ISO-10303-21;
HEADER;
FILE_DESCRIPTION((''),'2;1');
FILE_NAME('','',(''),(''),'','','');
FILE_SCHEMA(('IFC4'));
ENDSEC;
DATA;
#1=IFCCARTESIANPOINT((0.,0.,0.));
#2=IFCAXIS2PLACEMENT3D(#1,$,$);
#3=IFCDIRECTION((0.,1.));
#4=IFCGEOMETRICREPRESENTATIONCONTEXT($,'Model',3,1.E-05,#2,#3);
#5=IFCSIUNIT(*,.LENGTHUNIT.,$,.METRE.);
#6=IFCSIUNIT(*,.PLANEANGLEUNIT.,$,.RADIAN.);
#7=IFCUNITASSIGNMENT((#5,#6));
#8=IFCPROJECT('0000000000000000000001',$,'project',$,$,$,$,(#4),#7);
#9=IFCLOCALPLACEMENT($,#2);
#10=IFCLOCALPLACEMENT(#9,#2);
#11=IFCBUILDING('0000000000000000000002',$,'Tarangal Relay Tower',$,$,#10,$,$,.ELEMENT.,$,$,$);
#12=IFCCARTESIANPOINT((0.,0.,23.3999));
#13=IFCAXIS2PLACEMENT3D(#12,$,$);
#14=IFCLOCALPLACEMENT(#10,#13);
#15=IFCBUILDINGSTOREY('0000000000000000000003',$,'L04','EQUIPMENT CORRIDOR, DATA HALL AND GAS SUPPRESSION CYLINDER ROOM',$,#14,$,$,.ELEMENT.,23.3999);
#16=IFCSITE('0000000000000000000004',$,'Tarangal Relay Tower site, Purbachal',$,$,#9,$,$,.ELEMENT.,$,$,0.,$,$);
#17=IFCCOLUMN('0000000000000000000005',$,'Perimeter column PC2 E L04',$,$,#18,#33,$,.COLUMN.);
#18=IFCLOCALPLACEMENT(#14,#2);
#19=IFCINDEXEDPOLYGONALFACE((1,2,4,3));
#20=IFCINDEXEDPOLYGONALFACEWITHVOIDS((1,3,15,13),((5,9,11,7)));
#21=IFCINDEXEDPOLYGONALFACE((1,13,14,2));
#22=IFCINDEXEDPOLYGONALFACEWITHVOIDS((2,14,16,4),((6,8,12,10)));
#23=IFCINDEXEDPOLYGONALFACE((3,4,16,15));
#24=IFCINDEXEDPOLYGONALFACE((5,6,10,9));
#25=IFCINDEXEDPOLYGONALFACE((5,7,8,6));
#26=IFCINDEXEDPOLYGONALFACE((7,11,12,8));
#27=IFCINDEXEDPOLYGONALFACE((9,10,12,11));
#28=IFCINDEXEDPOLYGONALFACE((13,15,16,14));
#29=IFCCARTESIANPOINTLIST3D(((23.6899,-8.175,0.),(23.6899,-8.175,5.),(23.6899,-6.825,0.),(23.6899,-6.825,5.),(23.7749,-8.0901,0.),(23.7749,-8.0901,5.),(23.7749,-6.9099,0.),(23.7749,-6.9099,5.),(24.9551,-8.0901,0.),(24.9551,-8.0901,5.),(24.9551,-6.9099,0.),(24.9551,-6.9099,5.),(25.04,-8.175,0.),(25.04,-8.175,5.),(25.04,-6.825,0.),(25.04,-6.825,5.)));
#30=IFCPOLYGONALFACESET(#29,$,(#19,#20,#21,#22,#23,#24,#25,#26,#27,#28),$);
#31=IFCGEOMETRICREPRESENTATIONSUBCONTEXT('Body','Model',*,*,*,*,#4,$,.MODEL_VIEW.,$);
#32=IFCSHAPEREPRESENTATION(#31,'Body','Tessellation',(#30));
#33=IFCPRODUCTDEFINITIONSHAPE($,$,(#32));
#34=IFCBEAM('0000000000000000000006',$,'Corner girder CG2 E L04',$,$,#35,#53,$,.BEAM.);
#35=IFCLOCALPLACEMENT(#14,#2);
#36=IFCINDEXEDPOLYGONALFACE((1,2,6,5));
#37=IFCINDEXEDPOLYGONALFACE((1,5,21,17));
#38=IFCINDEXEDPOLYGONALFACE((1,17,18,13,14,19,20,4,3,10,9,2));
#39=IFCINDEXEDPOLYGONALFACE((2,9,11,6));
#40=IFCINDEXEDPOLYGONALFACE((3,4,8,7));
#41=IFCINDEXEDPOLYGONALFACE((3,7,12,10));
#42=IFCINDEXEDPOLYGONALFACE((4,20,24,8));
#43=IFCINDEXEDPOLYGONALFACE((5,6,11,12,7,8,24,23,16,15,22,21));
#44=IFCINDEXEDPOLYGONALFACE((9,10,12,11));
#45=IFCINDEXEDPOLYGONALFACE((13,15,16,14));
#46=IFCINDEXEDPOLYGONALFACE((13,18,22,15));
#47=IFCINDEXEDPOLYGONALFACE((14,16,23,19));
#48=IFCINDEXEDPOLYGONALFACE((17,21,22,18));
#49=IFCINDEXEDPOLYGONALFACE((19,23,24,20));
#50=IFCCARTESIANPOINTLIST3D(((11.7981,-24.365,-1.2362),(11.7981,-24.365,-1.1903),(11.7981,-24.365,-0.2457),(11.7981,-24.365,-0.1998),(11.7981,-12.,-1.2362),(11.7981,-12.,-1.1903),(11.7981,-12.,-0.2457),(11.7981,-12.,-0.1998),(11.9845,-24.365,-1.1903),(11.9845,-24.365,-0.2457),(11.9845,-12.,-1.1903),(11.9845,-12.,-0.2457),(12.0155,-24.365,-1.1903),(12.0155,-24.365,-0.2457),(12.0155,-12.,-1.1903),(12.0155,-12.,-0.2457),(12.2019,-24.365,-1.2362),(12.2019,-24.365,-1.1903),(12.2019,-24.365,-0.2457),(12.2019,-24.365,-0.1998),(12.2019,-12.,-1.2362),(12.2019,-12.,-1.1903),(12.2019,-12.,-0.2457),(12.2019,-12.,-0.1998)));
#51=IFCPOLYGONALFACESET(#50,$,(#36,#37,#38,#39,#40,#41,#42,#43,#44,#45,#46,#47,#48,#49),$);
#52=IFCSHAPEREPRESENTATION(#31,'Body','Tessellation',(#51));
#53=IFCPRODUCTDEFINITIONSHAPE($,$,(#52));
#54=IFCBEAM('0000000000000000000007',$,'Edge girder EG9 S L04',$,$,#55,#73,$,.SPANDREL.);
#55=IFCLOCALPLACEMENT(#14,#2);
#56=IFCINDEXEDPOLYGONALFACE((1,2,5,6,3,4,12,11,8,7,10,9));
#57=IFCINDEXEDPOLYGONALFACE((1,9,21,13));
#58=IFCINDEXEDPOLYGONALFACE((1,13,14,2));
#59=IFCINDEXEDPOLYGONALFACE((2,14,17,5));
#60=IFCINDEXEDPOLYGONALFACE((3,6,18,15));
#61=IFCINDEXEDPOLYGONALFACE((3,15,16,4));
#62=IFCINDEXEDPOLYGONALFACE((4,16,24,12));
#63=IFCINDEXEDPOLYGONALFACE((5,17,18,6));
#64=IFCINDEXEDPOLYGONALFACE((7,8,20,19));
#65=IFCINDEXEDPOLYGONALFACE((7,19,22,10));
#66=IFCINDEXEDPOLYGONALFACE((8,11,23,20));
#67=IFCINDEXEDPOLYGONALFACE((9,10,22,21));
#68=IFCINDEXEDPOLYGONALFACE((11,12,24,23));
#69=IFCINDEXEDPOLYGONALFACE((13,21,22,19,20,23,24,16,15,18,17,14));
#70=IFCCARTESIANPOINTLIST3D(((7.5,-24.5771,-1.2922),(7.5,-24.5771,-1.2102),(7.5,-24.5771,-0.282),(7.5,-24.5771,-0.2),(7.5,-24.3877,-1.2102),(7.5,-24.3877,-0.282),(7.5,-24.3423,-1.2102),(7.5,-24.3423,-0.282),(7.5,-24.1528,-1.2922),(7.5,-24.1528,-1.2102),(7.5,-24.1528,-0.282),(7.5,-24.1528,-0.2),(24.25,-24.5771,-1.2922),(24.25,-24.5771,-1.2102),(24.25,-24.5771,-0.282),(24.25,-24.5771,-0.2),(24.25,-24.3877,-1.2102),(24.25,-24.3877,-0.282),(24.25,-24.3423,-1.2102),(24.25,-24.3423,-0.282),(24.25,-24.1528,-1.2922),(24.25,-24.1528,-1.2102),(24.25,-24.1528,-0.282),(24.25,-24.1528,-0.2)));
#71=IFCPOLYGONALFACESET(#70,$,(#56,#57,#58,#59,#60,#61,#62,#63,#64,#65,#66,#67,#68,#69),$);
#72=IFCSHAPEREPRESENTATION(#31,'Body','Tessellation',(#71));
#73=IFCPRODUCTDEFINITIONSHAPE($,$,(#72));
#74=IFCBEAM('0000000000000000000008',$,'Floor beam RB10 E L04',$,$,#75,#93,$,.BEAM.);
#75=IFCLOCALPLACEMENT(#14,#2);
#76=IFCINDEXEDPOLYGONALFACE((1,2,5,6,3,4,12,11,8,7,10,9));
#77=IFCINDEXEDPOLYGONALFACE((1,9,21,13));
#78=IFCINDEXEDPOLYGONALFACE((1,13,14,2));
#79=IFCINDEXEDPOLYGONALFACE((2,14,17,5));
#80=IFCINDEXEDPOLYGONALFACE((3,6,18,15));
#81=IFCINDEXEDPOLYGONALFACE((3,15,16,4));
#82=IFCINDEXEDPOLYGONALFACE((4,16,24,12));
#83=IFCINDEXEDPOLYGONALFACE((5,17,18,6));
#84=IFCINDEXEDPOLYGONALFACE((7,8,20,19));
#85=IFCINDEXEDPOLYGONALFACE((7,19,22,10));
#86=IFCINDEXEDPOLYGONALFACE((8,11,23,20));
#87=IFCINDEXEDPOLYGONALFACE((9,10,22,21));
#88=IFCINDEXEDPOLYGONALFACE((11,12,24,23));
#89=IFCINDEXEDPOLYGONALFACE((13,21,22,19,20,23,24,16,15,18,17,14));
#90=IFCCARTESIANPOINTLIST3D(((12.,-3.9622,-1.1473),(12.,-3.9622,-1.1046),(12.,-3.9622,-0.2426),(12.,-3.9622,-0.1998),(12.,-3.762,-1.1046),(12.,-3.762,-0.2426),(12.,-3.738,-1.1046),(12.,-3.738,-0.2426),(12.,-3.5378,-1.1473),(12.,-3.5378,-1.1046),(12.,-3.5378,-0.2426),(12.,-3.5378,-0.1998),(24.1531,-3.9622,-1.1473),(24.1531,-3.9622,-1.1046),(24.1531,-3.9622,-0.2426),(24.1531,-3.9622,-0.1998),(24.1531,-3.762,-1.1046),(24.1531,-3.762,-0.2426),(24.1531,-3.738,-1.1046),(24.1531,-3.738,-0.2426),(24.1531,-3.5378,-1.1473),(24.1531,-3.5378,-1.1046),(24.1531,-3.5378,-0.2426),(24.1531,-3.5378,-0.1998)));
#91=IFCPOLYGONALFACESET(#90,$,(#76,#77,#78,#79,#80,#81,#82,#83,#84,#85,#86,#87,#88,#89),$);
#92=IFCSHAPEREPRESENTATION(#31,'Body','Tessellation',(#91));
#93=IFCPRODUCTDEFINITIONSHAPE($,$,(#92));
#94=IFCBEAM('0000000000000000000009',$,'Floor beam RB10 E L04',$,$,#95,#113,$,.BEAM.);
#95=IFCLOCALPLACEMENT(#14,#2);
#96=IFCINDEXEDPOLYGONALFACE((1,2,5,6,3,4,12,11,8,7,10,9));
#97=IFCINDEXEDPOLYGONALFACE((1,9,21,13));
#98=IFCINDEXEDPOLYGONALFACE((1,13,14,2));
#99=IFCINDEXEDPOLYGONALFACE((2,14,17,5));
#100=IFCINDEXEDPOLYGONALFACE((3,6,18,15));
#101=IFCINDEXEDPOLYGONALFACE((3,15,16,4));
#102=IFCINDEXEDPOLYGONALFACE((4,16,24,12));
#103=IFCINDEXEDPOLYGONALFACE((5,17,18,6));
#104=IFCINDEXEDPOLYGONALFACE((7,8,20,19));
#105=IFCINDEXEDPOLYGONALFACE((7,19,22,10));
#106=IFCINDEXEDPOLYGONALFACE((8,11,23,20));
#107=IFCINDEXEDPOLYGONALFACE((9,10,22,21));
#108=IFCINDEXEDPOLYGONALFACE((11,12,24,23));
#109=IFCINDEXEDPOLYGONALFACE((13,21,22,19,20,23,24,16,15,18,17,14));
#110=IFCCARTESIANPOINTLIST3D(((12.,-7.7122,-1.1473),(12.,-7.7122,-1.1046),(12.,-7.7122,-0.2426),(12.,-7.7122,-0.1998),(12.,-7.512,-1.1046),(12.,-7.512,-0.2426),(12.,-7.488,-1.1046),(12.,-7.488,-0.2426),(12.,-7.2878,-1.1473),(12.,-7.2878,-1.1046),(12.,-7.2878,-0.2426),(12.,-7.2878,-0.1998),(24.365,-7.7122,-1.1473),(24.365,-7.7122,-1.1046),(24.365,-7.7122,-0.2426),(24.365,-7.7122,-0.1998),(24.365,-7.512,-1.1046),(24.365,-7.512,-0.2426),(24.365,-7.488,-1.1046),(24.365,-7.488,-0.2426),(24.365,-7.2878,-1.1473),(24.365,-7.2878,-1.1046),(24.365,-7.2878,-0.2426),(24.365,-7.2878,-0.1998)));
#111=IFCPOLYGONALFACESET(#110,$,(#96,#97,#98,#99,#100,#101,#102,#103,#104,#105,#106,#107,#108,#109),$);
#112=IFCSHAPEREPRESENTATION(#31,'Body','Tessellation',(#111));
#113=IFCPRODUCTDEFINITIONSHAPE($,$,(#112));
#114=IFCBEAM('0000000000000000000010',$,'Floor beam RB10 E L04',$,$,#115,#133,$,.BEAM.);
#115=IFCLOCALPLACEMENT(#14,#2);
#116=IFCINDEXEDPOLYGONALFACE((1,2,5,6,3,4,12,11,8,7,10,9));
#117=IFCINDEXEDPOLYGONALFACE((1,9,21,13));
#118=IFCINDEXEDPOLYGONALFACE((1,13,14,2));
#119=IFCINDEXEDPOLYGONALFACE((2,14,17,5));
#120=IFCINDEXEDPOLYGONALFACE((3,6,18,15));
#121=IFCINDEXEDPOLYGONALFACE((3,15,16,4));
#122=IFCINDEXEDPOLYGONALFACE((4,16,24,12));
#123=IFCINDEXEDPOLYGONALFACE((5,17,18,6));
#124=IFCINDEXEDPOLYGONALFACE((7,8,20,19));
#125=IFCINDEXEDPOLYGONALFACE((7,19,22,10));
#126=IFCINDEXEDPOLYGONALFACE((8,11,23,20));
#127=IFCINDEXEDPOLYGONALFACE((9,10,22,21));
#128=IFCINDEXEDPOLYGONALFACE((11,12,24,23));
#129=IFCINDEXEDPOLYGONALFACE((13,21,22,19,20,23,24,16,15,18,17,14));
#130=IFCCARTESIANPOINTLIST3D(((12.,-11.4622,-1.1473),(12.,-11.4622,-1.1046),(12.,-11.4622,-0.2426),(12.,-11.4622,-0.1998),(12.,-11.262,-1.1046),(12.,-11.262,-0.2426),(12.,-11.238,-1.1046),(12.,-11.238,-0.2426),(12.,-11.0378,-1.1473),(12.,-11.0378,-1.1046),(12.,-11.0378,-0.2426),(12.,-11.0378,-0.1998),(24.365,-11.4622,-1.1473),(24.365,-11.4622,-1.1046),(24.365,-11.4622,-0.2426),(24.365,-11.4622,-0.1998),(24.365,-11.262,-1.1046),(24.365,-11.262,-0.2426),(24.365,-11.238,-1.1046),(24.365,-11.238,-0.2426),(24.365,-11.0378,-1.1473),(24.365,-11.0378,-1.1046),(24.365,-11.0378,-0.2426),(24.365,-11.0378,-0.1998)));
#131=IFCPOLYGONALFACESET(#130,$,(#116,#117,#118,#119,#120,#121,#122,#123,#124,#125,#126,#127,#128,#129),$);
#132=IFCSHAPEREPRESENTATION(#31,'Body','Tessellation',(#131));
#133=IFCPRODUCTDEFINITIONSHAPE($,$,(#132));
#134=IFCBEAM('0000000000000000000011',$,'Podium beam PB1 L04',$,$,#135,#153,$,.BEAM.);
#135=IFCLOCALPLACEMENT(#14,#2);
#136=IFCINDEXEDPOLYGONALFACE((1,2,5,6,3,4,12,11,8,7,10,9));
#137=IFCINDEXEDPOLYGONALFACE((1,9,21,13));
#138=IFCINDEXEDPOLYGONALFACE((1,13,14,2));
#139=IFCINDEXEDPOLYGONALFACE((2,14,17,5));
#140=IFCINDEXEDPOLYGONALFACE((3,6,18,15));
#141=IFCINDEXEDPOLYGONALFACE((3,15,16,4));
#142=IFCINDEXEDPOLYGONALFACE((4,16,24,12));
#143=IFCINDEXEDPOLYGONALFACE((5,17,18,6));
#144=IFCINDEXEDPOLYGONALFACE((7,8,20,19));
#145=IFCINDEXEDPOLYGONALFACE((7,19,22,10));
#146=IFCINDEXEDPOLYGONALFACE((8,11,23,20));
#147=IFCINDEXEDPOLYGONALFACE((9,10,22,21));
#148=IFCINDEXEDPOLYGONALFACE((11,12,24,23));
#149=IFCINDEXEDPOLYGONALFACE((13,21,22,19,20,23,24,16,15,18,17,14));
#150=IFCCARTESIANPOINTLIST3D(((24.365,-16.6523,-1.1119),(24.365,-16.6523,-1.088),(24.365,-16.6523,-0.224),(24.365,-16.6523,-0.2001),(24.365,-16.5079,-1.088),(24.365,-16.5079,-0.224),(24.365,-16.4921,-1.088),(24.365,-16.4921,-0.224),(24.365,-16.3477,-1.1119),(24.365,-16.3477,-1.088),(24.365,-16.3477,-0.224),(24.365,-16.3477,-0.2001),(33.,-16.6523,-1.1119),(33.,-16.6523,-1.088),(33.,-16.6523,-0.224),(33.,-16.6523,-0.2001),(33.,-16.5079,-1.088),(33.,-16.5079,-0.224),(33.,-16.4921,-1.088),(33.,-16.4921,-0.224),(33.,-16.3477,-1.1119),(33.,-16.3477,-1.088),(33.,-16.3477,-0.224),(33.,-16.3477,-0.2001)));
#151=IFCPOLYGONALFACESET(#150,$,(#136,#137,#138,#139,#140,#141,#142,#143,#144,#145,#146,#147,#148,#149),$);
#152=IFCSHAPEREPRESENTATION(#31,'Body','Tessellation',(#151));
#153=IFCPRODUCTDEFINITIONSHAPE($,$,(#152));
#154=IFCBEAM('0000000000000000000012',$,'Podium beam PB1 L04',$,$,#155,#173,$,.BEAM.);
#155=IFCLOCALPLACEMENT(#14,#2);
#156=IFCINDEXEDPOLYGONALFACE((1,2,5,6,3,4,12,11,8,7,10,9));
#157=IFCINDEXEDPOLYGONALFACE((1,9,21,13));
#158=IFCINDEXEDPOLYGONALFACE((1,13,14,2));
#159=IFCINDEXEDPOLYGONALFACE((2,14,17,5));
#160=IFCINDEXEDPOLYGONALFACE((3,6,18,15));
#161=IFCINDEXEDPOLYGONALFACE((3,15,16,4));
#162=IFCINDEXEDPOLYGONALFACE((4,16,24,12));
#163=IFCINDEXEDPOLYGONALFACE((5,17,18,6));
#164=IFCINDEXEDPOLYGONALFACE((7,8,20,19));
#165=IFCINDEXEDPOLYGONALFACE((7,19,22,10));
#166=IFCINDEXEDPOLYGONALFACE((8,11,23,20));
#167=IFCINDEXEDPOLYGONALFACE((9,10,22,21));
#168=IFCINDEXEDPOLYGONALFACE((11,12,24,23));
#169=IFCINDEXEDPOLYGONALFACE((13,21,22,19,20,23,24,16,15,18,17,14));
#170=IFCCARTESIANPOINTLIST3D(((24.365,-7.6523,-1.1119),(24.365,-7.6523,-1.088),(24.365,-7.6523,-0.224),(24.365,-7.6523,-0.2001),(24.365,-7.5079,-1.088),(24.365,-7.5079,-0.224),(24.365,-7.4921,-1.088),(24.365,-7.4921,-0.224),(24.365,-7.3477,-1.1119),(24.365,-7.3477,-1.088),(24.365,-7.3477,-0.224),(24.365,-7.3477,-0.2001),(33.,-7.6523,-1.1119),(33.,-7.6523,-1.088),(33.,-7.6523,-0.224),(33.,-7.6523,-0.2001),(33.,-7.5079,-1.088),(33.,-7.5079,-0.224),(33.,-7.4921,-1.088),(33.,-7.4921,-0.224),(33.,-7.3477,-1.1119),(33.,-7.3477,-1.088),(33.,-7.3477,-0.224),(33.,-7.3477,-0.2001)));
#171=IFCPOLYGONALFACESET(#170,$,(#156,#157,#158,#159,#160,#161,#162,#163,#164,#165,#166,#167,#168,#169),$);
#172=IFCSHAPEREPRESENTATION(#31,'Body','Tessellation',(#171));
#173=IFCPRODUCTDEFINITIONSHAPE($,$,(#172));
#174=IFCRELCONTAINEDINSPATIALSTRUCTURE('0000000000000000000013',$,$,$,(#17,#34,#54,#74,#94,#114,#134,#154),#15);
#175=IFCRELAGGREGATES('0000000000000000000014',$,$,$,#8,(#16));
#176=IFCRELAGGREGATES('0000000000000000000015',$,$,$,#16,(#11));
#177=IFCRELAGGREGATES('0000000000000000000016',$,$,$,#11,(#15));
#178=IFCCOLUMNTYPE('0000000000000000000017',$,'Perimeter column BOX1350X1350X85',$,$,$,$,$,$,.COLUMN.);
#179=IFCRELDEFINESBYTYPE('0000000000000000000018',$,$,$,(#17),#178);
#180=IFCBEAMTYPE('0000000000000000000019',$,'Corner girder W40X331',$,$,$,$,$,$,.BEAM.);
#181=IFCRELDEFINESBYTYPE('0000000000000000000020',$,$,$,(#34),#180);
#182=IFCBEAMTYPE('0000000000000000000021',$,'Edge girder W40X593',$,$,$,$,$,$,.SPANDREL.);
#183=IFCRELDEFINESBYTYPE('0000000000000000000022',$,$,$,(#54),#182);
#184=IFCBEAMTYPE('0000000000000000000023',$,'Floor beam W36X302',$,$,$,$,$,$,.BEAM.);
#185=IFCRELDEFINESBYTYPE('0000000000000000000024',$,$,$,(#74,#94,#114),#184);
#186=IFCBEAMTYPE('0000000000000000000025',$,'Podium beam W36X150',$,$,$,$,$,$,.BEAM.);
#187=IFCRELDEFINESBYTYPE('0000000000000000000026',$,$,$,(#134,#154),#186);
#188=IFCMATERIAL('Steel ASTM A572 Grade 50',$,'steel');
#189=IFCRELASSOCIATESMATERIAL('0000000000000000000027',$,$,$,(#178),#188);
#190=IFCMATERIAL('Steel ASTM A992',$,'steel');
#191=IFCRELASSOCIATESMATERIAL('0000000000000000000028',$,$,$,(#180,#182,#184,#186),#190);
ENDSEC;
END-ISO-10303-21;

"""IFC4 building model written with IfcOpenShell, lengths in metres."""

from ifc_helpers import new_model, si_unit, direction, frame, origin, origin_2d, place, context, subcontext, project, spatial, hollow_rectangle, i_section, extrude, material, material_profile, profile_set, type_object, element, save


model = new_model("IFC4")

# Units and contexts
model_context = context("Model", 3, precision=1e-05, world=origin(), true_north=direction((0.0, 1.0)))
body_context = subcontext(model_context, "Body", "Model", "MODEL_VIEW")
ifc_project = project(units=[si_unit("LENGTHUNIT", "METRE"), si_unit("PLANEANGLEUNIT", "RADIAN")], contexts=[model_context])

# Site, building, storey
site_placement = place(None, origin())
site = spatial("IfcSite", under=ifc_project, at=site_placement, Name="Tarangal Relay Tower site, Purbachal", CompositionType="ELEMENT", RefElevation=0.0)
building_placement = place(site_placement, origin())
building = spatial("IfcBuilding", under=site, at=building_placement, Name="Tarangal Relay Tower", CompositionType="ELEMENT")
storey_placement = place(building_placement, frame((0.0, 0.0, 23.3999)))
storey = spatial("IfcBuildingStorey", under=building, at=storey_placement, Name="L04", Description="EQUIPMENT CORRIDOR, DATA HALL AND GAS SUPPRESSION CYLINDER ROOM", CompositionType="ELEMENT", Elevation=23.3999)

# Column
ifc_material_1 = material(Name="Steel ASTM A572 Grade 50", Category="steel")
ifc_material_profile_1 = material_profile(ifc_material_1, hollow_rectangle(XDim=1.3501, YDim=1.3501, WallThickness=0.085, at=origin_2d()), Name="BOX1350X1350X85")
ifc_profile_set_1 = profile_set([ifc_material_profile_1], Name="Steel ASTM A572 Grade 50")
column_type = type_object("IfcColumnType", Name="Perimeter column BOX1350X1350X85", PredefinedType="COLUMN", material=ifc_profile_set_1)
column_placement = place(storey_placement, frame((24.365, -7.5, 0.0), z_axis=(0.0, 0.0, 1.0), x_axis=(1.0, 0.0, 0.0)))
element("IfcColumn", 1, at=column_placement, inside=storey, type_object=column_type, Name="Perimeter column PC2 E L04", PredefinedType="COLUMN", context=body_context, shape_type="SweptSolid", body=[
    extrude(hollow_rectangle(XDim=1.3501, YDim=1.3501, WallThickness=0.085, at=origin_2d()), origin(), (0.0, 0.0, 1.0), 5.0),
])

# Beams
ifc_material_2 = material(Name="Steel ASTM A992", Category="steel")
ifc_material_profile_2 = material_profile(ifc_material_2, i_section(OverallWidth=0.4038, OverallDepth=1.0364, WebThickness=0.031, FlangeThickness=0.0459, at=origin_2d()), Name="W40X331")
ifc_profile_set_2 = profile_set([ifc_material_profile_2], Name="Steel ASTM A992")
beam_type_1 = type_object("IfcBeamType", Name="Corner girder W40X331", PredefinedType="BEAM", material=ifc_profile_set_2)
beam_1_placement = place(storey_placement, frame((12.0, -12.0, -0.718), z_axis=(0.0, -1.0, 0.0), x_axis=(1.0, 0.0, 0.0)))
element("IfcBeam", 2, at=beam_1_placement, inside=storey, type_object=beam_type_1, Name="Corner girder CG2 E L04", PredefinedType="BEAM", context=body_context, shape_type="SweptSolid", body=[
    extrude(i_section(OverallWidth=0.4038, OverallDepth=1.0364, WebThickness=0.031, FlangeThickness=0.0459, at=origin_2d()), origin(), (0.0, 0.0, 1.0), 12.365),
])
ifc_material_profile_3 = material_profile(ifc_material_2, i_section(OverallWidth=0.4243, OverallDepth=1.0923, WebThickness=0.0454, FlangeThickness=0.082, at=origin_2d()), Name="W40X593")
ifc_profile_set_3 = profile_set([ifc_material_profile_3], Name="Steel ASTM A992")
beam_type_2 = type_object("IfcBeamType", Name="Edge girder W40X593", PredefinedType="SPANDREL", material=ifc_profile_set_3)
beam_2_placement = place(storey_placement, frame((24.25, -24.365, -0.7461), z_axis=(-1.0, 0.0, 0.0), x_axis=(0.0, -1.0, 0.0)))
element("IfcBeam", 3, at=beam_2_placement, inside=storey, type_object=beam_type_2, Name="Edge girder EG9 S L04", PredefinedType="SPANDREL", context=body_context, shape_type="SweptSolid", body=[
    extrude(i_section(OverallWidth=0.4243, OverallDepth=1.0923, WebThickness=0.0454, FlangeThickness=0.082, at=origin_2d()), origin(), (0.0, 0.0, 1.0), 16.75),
])
ifc_material_profile_4 = material_profile(ifc_material_2, i_section(OverallWidth=0.4243, OverallDepth=0.9475, WebThickness=0.0239, FlangeThickness=0.0427, at=origin_2d()), Name="W36X302")
ifc_profile_set_4 = profile_set([ifc_material_profile_4], Name="Steel ASTM A992")
beam_type_3 = type_object("IfcBeamType", Name="Floor beam W36X302", PredefinedType="BEAM", material=ifc_profile_set_4)
beam_3_placement = place(storey_placement, frame((12.0, -3.75, -0.6736), z_axis=(1.0, 0.0, 0.0), x_axis=(0.0, 1.0, 0.0)))
element("IfcBeam", 4, at=beam_3_placement, inside=storey, type_object=beam_type_3, Name="Floor beam RB10 E L04", PredefinedType="BEAM", context=body_context, shape_type="SweptSolid", body=[
    extrude(i_section(OverallWidth=0.4243, OverallDepth=0.9475, WebThickness=0.0239, FlangeThickness=0.0427, at=origin_2d()), origin(), (0.0, 0.0, 1.0), 12.1531),
])
for number, where, z_axis, x_axis, name in (
    (5, (12.0, -7.5, -0.6736), (1.0, 0.0, 0.0), (0.0, 1.0, 0.0), "Floor beam RB10 E L04"),
    (6, (12.0, -11.25, -0.6736), (1.0, 0.0, 0.0), (0.0, 1.0, 0.0), "Floor beam RB10 E L04"),
):
    element("IfcBeam", number, at=place(storey_placement, frame(where, z_axis=z_axis, x_axis=x_axis)), inside=storey, type_object=beam_type_3, Name=name, PredefinedType="BEAM", context=body_context, shape_type="SweptSolid", body=[
        extrude(i_section(OverallWidth=0.4243, OverallDepth=0.9475, WebThickness=0.0239, FlangeThickness=0.0427, at=origin_2d()), origin(), (0.0, 0.0, 1.0), 12.365),
    ])
ifc_material_profile_5 = material_profile(ifc_material_2, i_section(OverallWidth=0.3047, OverallDepth=0.9119, WebThickness=0.0159, FlangeThickness=0.0239, at=origin_2d()), Name="W36X150")
ifc_profile_set_5 = profile_set([ifc_material_profile_5], Name="Steel ASTM A992")
beam_type_4 = type_object("IfcBeamType", Name="Podium beam W36X150", PredefinedType="BEAM", material=ifc_profile_set_5)
for number, where, z_axis, x_axis, name in (
    (7, (24.365, -16.5, -0.656), (1.0, 0.0, 0.0), (0.0, 1.0, 0.0), "Podium beam PB1 L04"),
    (8, (24.365, -7.5, -0.656), (1.0, 0.0, 0.0), (0.0, 1.0, 0.0), "Podium beam PB1 L04"),
):
    element("IfcBeam", number, at=place(storey_placement, frame(where, z_axis=z_axis, x_axis=x_axis)), inside=storey, type_object=beam_type_4, Name=name, PredefinedType="BEAM", context=body_context, shape_type="SweptSolid", body=[
        extrude(i_section(OverallWidth=0.3047, OverallDepth=0.9119, WebThickness=0.0159, FlangeThickness=0.0239, at=origin_2d()), origin(), (0.0, 0.0, 1.0), 8.635),
    ])

save(model, "model.ifc")
